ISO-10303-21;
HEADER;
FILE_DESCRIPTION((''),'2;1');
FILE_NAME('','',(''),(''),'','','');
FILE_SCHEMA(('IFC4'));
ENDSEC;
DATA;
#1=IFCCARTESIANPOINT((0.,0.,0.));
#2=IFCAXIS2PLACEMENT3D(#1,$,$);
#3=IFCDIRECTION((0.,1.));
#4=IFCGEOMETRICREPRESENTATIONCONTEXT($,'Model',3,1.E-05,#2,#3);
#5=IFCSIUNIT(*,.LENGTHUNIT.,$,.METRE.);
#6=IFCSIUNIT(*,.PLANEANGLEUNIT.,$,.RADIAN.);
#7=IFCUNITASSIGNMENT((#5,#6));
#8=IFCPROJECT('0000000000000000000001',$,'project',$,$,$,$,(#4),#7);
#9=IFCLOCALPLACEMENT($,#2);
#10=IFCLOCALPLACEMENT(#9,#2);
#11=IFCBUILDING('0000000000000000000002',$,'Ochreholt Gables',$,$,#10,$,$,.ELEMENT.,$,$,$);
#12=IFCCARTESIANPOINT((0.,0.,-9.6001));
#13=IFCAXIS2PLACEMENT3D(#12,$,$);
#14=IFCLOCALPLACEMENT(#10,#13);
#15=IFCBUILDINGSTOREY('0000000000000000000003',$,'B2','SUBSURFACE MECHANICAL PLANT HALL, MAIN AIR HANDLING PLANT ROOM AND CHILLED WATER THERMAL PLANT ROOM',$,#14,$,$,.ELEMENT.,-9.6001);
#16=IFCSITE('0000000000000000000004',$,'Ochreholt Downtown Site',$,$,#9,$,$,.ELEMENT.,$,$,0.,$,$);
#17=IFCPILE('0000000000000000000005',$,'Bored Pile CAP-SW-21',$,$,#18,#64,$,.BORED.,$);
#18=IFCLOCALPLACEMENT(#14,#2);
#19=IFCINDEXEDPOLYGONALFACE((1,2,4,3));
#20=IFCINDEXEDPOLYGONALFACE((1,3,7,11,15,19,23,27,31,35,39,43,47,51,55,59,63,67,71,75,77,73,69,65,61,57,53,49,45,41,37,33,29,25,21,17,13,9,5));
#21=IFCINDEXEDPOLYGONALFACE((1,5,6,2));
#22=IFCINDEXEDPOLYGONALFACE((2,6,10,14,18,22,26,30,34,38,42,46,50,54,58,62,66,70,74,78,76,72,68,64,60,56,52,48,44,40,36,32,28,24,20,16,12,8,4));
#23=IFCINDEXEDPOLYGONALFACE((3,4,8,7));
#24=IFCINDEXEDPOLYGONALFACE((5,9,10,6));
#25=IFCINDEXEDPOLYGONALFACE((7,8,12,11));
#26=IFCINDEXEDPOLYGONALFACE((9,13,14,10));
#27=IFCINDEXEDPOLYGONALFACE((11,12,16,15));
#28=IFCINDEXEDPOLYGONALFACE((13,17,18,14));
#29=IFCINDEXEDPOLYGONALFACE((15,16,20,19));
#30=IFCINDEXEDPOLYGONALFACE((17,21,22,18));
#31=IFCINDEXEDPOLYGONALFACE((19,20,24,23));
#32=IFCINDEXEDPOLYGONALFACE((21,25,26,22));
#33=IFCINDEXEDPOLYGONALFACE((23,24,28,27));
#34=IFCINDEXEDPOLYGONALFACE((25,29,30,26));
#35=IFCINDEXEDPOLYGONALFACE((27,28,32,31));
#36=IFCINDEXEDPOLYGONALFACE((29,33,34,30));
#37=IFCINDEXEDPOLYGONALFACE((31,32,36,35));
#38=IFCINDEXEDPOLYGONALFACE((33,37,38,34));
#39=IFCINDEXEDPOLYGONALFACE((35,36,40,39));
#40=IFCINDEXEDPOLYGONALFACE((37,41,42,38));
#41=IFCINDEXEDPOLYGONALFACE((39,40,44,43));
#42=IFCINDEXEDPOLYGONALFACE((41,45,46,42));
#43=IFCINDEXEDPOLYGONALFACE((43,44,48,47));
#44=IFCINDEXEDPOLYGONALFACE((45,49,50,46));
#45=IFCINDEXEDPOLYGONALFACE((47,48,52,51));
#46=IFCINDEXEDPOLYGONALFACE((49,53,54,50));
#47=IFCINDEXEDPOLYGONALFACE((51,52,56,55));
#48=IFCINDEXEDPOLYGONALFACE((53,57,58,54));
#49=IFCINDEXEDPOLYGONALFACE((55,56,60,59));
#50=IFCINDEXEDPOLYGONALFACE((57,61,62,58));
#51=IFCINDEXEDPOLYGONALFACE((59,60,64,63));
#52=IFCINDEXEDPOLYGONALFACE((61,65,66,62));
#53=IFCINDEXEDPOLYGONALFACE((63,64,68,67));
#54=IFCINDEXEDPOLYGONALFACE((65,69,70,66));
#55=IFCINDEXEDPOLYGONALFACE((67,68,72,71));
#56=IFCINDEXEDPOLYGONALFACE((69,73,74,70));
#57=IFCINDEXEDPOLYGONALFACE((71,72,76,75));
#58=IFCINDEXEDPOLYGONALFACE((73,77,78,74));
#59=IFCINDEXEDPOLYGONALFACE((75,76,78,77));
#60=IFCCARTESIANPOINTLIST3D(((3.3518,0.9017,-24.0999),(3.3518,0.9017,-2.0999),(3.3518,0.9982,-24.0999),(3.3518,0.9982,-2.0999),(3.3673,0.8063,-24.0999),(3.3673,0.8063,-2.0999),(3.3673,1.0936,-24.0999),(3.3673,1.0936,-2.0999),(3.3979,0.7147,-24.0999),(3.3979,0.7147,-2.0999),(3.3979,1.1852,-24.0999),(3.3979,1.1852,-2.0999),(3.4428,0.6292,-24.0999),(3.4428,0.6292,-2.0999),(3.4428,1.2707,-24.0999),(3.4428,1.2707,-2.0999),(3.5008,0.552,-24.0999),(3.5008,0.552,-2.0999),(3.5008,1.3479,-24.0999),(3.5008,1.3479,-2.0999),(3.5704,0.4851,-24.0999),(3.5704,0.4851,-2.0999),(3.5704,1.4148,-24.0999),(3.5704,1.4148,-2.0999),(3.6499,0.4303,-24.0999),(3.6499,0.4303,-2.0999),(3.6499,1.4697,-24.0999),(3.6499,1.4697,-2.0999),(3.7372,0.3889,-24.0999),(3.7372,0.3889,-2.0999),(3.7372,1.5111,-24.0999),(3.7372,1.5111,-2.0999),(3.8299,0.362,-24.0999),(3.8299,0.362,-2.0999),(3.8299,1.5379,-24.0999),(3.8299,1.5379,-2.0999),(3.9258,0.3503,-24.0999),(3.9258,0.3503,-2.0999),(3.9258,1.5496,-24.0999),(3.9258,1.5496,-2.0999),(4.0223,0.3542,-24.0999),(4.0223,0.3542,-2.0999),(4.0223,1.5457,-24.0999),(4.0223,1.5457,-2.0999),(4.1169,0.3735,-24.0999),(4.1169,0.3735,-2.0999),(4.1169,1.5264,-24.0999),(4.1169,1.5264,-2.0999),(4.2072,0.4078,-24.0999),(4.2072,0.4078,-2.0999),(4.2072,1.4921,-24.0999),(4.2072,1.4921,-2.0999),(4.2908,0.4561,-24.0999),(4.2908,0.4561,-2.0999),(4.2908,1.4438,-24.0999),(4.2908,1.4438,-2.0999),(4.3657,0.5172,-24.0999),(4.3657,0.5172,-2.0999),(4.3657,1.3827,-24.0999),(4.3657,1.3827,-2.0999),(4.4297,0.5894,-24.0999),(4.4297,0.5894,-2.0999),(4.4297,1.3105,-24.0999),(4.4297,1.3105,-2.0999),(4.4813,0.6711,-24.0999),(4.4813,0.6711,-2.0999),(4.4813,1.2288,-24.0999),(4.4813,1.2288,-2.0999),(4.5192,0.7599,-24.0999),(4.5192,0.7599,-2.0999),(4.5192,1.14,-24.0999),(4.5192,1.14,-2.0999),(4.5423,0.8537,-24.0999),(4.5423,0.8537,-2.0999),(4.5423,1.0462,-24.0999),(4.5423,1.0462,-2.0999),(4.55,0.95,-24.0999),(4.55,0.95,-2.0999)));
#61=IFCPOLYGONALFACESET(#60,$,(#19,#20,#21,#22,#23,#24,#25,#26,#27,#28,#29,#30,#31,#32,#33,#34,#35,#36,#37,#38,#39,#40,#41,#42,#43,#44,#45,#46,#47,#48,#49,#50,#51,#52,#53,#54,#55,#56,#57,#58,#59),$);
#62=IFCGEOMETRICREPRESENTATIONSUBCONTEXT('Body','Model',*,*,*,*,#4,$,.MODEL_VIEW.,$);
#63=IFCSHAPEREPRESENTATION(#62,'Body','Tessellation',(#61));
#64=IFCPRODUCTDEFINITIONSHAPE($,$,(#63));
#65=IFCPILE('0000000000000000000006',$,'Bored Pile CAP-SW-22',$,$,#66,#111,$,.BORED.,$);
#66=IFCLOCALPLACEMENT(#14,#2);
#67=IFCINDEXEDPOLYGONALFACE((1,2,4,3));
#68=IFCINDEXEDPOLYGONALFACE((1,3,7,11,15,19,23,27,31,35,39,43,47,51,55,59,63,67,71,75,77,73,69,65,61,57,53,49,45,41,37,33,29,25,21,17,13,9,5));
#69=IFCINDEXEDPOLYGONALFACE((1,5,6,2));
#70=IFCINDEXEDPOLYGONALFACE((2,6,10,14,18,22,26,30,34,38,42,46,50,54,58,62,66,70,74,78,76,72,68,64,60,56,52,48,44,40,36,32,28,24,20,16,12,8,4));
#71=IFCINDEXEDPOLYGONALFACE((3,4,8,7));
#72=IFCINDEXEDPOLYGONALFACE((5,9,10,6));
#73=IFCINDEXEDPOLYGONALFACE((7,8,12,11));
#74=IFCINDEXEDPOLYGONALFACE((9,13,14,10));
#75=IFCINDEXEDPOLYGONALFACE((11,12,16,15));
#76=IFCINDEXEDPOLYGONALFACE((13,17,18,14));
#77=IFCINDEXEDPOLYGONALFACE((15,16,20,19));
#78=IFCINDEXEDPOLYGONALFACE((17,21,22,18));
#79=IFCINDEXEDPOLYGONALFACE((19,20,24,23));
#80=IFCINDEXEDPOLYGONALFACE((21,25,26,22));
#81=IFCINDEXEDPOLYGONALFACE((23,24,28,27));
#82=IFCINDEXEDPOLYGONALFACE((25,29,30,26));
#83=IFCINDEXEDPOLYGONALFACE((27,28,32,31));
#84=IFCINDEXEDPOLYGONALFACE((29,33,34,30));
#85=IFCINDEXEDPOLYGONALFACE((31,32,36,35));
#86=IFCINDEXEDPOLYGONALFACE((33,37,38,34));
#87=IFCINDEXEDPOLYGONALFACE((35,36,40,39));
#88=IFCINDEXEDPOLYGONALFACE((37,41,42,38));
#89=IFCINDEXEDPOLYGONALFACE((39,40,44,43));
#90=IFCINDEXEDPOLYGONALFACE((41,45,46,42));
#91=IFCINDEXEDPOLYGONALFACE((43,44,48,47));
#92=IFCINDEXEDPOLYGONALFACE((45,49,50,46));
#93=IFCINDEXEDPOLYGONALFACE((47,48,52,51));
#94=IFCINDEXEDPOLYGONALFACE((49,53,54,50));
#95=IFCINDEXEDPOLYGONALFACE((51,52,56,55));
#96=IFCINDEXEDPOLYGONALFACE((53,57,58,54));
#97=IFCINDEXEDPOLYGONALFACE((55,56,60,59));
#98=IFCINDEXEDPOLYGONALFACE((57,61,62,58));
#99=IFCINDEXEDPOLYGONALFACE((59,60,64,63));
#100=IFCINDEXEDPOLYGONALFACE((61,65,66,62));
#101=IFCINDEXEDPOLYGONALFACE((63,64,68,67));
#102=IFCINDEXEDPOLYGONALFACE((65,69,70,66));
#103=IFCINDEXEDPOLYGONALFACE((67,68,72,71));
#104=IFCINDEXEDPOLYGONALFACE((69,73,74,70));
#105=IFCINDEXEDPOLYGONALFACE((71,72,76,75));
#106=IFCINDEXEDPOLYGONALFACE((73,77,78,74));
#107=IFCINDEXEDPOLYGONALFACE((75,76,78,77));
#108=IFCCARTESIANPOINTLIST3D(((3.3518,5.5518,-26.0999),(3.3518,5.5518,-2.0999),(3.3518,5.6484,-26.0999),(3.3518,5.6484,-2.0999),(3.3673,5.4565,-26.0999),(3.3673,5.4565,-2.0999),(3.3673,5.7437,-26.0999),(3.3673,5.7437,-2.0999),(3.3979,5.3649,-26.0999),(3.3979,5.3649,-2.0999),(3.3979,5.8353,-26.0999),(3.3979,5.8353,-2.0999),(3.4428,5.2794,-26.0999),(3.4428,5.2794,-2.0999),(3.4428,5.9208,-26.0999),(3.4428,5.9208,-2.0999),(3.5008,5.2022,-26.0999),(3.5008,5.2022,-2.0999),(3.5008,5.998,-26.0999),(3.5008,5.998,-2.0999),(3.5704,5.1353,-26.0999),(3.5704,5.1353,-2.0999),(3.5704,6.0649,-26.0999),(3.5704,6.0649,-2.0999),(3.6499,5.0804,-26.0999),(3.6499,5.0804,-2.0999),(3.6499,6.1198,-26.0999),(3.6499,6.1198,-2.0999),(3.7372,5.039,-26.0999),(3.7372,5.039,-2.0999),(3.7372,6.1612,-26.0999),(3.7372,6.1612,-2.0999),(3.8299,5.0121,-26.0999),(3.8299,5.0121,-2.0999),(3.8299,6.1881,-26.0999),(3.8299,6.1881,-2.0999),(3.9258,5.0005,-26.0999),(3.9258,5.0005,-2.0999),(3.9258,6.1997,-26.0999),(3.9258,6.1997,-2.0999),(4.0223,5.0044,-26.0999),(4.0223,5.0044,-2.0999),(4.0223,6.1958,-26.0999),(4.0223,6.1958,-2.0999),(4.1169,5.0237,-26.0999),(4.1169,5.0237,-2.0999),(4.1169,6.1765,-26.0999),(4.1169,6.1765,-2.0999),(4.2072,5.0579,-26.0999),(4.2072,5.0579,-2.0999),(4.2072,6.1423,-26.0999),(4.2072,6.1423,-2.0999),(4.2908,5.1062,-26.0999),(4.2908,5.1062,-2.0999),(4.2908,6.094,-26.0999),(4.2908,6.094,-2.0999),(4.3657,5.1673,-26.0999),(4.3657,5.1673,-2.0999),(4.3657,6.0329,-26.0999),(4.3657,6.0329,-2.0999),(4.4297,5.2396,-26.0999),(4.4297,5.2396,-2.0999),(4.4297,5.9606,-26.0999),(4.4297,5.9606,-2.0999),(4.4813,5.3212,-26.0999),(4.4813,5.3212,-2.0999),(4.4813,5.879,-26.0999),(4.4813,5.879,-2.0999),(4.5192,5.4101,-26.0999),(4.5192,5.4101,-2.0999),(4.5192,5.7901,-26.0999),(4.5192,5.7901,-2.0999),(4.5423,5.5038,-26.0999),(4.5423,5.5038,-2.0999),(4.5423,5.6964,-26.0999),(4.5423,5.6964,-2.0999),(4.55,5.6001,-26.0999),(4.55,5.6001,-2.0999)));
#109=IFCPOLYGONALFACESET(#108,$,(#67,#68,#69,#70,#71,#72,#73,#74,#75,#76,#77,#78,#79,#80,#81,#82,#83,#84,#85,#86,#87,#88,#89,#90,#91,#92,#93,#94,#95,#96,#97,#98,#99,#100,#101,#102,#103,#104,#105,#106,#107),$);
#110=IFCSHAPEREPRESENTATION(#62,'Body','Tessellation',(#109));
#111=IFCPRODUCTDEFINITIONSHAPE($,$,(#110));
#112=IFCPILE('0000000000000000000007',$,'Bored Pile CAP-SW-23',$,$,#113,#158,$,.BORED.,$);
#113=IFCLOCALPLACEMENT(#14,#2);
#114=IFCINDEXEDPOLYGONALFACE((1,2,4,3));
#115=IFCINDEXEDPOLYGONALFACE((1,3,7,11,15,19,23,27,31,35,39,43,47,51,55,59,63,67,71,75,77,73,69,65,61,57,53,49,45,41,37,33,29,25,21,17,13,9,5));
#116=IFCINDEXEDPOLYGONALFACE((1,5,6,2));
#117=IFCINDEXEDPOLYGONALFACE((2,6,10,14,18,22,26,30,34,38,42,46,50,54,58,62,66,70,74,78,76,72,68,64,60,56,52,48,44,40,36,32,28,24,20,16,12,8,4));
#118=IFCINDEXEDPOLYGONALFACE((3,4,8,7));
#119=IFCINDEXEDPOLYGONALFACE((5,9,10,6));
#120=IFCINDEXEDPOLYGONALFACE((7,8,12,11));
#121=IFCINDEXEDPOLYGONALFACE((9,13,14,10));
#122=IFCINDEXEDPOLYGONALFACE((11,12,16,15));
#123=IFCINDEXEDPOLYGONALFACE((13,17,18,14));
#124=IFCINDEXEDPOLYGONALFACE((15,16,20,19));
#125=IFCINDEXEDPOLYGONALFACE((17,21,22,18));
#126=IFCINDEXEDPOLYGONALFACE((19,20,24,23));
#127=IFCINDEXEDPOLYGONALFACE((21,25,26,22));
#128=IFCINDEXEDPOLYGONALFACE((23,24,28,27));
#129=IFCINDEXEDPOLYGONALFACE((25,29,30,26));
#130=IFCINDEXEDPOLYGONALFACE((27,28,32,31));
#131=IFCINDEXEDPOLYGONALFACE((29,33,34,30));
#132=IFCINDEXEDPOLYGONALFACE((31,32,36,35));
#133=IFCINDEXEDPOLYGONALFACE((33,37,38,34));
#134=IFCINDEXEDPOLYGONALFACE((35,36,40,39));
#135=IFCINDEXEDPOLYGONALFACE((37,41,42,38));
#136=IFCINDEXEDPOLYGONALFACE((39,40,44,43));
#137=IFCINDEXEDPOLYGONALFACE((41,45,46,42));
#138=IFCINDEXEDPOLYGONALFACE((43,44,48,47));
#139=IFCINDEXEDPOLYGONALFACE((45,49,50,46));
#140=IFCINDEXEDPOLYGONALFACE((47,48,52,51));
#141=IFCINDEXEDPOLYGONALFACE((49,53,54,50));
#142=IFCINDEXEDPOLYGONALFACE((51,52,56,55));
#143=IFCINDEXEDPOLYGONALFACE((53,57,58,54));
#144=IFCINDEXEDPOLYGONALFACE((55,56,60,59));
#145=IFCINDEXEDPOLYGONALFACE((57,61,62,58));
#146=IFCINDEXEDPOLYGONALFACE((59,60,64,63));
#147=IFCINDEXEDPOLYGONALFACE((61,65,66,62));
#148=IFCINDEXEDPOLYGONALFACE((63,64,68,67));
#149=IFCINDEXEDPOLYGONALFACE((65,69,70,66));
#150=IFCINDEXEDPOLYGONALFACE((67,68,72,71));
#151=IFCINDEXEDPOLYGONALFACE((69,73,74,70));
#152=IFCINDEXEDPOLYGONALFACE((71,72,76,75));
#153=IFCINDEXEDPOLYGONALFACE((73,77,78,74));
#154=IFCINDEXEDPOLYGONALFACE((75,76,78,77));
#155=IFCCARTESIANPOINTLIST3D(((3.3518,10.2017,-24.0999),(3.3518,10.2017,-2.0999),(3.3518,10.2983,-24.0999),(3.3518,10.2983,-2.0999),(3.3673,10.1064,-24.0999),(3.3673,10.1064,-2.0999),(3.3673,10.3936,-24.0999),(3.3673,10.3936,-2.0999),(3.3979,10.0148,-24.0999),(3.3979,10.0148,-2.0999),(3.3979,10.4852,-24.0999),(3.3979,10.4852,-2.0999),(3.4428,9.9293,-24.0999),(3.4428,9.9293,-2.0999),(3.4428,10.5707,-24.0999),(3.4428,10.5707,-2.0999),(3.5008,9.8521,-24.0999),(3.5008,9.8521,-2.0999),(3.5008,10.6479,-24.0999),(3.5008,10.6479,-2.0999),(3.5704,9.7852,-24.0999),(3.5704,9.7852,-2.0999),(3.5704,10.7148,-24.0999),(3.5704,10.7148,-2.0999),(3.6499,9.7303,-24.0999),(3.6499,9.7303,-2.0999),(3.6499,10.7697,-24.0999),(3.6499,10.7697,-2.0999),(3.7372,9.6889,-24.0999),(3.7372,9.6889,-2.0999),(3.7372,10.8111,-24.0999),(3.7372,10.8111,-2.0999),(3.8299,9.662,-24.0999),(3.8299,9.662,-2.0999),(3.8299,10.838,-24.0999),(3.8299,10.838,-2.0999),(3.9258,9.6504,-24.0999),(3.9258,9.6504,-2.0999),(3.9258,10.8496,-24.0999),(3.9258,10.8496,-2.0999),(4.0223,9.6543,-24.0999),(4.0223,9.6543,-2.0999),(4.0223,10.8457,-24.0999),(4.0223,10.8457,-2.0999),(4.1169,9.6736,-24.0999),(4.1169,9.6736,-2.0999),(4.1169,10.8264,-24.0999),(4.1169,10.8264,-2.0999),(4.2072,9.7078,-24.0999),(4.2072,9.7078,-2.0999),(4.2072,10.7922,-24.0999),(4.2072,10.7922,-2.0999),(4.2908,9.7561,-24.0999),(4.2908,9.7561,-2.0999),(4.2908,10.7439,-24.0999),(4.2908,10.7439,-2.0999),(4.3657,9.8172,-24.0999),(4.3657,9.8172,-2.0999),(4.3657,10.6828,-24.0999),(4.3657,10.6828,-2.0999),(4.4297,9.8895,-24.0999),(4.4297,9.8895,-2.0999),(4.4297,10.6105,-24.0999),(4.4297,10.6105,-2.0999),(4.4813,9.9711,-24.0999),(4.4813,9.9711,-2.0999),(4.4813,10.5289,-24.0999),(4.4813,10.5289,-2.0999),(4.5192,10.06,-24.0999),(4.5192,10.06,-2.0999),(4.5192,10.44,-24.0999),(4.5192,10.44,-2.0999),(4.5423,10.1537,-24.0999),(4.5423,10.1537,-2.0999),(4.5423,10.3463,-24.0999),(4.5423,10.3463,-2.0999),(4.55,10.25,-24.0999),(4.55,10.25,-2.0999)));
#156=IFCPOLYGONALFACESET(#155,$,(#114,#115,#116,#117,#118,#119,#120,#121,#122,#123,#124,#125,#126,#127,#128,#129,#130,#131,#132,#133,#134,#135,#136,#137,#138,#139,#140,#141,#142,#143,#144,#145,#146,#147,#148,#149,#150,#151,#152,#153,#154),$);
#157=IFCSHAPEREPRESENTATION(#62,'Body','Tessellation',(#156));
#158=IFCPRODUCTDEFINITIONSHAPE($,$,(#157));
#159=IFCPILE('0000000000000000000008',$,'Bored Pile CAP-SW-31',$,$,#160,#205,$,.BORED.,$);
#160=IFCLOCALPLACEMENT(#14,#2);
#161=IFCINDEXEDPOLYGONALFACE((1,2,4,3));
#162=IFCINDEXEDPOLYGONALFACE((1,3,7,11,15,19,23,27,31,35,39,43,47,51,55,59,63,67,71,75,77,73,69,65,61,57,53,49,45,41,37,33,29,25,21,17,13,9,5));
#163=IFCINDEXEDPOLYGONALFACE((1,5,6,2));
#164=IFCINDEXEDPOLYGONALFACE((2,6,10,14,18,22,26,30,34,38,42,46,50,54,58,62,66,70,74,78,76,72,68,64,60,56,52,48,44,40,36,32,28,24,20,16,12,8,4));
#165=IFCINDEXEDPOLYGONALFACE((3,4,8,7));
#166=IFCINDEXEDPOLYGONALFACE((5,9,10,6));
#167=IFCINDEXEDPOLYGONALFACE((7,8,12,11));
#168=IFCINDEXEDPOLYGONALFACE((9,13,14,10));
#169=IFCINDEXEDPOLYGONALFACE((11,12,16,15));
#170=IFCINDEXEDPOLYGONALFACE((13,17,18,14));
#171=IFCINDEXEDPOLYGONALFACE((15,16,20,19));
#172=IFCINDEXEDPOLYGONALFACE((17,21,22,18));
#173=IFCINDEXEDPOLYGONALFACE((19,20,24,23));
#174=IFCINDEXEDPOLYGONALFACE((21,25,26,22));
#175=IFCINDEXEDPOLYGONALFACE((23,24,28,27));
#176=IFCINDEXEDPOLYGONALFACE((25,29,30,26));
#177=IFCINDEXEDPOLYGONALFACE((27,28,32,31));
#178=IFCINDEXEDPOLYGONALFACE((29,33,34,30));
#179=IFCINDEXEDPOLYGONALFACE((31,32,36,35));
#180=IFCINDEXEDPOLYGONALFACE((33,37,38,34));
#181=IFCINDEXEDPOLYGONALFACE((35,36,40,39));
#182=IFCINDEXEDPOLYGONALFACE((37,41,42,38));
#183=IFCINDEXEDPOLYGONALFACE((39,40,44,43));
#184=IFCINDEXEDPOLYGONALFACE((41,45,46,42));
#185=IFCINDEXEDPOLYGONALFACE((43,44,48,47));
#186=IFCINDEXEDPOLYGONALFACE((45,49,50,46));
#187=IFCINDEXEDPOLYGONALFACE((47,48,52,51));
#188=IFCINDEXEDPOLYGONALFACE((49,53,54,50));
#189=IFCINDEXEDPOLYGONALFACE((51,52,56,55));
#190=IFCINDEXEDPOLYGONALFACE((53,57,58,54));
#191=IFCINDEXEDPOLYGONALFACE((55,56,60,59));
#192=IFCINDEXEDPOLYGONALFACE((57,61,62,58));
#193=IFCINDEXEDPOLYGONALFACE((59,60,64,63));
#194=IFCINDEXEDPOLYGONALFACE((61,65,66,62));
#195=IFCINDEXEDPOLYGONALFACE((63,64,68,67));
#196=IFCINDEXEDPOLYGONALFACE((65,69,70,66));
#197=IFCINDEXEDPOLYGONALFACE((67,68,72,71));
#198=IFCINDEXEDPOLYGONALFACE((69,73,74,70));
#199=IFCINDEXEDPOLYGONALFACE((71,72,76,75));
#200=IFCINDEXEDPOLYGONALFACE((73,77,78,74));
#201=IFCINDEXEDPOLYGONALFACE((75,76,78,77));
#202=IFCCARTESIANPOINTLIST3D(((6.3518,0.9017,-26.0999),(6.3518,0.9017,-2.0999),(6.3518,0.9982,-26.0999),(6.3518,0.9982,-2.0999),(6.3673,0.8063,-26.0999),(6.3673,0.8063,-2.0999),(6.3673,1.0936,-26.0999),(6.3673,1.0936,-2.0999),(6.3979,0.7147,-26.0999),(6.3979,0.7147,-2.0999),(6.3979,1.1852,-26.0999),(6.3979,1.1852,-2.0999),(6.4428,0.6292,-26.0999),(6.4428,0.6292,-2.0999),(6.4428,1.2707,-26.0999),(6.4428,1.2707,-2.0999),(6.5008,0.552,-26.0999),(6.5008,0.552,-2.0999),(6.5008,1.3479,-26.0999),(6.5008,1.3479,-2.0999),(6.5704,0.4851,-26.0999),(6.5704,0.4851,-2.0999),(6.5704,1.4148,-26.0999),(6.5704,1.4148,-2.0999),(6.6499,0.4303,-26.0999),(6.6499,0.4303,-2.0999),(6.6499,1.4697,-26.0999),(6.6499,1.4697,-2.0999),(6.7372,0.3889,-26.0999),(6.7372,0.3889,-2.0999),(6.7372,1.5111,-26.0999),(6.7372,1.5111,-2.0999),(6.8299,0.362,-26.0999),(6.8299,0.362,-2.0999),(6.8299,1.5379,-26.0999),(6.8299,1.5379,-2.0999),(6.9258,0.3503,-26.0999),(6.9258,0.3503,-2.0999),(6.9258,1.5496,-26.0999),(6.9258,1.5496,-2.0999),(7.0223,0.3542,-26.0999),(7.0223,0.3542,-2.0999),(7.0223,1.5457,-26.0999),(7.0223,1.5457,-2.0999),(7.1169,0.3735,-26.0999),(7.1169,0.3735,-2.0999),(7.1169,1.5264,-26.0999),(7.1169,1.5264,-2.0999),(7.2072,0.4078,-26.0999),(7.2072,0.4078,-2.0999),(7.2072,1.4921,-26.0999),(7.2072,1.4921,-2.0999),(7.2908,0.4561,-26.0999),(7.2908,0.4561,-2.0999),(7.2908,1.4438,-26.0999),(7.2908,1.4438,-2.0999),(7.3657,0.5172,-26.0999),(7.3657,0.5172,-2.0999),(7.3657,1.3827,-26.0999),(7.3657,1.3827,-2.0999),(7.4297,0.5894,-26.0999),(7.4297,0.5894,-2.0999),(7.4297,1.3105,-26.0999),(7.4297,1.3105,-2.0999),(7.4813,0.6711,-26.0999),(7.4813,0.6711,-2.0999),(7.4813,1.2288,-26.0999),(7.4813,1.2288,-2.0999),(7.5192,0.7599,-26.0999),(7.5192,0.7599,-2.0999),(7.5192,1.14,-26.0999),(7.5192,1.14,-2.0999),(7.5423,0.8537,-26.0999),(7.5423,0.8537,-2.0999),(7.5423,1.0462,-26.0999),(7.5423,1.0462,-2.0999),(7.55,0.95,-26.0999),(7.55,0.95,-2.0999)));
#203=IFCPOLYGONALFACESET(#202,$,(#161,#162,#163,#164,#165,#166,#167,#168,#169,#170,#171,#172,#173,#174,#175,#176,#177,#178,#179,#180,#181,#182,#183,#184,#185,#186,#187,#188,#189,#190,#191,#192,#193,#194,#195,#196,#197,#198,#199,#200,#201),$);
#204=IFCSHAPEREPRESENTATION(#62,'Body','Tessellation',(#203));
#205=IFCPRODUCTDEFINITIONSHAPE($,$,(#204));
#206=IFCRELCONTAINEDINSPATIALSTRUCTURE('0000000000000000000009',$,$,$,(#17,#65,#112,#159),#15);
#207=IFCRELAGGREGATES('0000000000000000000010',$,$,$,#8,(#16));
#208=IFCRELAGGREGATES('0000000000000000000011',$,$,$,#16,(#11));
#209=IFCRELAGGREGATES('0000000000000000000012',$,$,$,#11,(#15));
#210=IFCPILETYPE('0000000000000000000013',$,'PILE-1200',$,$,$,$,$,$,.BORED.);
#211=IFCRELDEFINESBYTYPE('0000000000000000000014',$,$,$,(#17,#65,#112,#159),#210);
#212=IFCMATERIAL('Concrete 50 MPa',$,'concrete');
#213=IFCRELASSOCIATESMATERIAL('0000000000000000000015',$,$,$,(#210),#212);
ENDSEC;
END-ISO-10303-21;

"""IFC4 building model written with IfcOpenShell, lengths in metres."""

from ifc_helpers import new_model, si_unit, direction, frame, origin, origin_2d, place, context, subcontext, project, spatial, circle, extrude, material, material_profile, profile_set, type_object, element, save


model = new_model("IFC4")

# Units and contexts
model_context = context("Model", 3, precision=1e-05, world=origin(), true_north=direction((0.0, 1.0)))
body_context = subcontext(model_context, "Body", "Model", "MODEL_VIEW")
ifc_project = project(units=[si_unit("LENGTHUNIT", "METRE"), si_unit("PLANEANGLEUNIT", "RADIAN")], contexts=[model_context])

# Site, building, storey
site_placement = place(None, origin())
site = spatial("IfcSite", under=ifc_project, at=site_placement, Name="Ochreholt Downtown Site", CompositionType="ELEMENT", RefElevation=0.0)
building_placement = place(site_placement, origin())
building = spatial("IfcBuilding", under=site, at=building_placement, Name="Ochreholt Gables", CompositionType="ELEMENT")
storey_placement = place(building_placement, frame((0.0, 0.0, -9.6001)))
storey = spatial("IfcBuildingStorey", under=building, at=storey_placement, Name="B2", Description="SUBSURFACE MECHANICAL PLANT HALL, MAIN AIR HANDLING PLANT ROOM AND CHILLED WATER THERMAL PLANT ROOM", CompositionType="ELEMENT", Elevation=-9.6001)

# Shared definitions
ifc_material_1 = material(Name="Concrete 50 MPa", Category="concrete")

# Piles
ifc_material_profile_1 = material_profile(ifc_material_1, circle(Radius=0.6001, at=origin_2d()), Name="PILE1200")
ifc_profile_set_1 = profile_set([ifc_material_profile_1], Name="Concrete 50 MPa")
pile_type = type_object("IfcPileType", Name="PILE-1200", PredefinedType="BORED", material=ifc_profile_set_1)
pile_1_placement = place(storey_placement, frame((3.95, 0.95, -2.0999), z_axis=(0.0, 0.0, -1.0), x_axis=(1.0, 0.0, 0.0)))
element("IfcPile", 1, at=pile_1_placement, inside=storey, type_object=pile_type, Name="Bored Pile CAP-SW-21", PredefinedType="BORED", context=body_context, shape_type="SweptSolid", body=[
    extrude(circle(Radius=0.6001, at=origin_2d()), origin(), (0.0, 0.0, 1.0), 22.0),
])
pile_2_placement = place(storey_placement, frame((3.95, 5.6001, -2.0999), z_axis=(0.0, 0.0, -1.0), x_axis=(1.0, 0.0, 0.0)))
element("IfcPile", 2, at=pile_2_placement, inside=storey, type_object=pile_type, Name="Bored Pile CAP-SW-22", PredefinedType="BORED", context=body_context, shape_type="SweptSolid", body=[
    extrude(circle(Radius=0.6001, at=origin_2d()), origin(), (0.0, 0.0, 1.0), 24.0),
])
pile_3_placement = place(storey_placement, frame((3.95, 10.25, -2.0999), z_axis=(0.0, 0.0, -1.0), x_axis=(1.0, 0.0, 0.0)))
element("IfcPile", 3, at=pile_3_placement, inside=storey, type_object=pile_type, Name="Bored Pile CAP-SW-23", PredefinedType="BORED", context=body_context, shape_type="SweptSolid", body=[
    extrude(circle(Radius=0.6001, at=origin_2d()), origin(), (0.0, 0.0, 1.0), 22.0),
])
pile_4_placement = place(storey_placement, frame((6.95, 0.95, -2.0999), z_axis=(0.0, 0.0, -1.0), x_axis=(1.0, 0.0, 0.0)))
element("IfcPile", 4, at=pile_4_placement, inside=storey, type_object=pile_type, Name="Bored Pile CAP-SW-31", PredefinedType="BORED", context=body_context, shape_type="SweptSolid", body=[
    extrude(circle(Radius=0.6001, at=origin_2d()), origin(), (0.0, 0.0, 1.0), 24.0),
])

save(model, "model.ifc")
